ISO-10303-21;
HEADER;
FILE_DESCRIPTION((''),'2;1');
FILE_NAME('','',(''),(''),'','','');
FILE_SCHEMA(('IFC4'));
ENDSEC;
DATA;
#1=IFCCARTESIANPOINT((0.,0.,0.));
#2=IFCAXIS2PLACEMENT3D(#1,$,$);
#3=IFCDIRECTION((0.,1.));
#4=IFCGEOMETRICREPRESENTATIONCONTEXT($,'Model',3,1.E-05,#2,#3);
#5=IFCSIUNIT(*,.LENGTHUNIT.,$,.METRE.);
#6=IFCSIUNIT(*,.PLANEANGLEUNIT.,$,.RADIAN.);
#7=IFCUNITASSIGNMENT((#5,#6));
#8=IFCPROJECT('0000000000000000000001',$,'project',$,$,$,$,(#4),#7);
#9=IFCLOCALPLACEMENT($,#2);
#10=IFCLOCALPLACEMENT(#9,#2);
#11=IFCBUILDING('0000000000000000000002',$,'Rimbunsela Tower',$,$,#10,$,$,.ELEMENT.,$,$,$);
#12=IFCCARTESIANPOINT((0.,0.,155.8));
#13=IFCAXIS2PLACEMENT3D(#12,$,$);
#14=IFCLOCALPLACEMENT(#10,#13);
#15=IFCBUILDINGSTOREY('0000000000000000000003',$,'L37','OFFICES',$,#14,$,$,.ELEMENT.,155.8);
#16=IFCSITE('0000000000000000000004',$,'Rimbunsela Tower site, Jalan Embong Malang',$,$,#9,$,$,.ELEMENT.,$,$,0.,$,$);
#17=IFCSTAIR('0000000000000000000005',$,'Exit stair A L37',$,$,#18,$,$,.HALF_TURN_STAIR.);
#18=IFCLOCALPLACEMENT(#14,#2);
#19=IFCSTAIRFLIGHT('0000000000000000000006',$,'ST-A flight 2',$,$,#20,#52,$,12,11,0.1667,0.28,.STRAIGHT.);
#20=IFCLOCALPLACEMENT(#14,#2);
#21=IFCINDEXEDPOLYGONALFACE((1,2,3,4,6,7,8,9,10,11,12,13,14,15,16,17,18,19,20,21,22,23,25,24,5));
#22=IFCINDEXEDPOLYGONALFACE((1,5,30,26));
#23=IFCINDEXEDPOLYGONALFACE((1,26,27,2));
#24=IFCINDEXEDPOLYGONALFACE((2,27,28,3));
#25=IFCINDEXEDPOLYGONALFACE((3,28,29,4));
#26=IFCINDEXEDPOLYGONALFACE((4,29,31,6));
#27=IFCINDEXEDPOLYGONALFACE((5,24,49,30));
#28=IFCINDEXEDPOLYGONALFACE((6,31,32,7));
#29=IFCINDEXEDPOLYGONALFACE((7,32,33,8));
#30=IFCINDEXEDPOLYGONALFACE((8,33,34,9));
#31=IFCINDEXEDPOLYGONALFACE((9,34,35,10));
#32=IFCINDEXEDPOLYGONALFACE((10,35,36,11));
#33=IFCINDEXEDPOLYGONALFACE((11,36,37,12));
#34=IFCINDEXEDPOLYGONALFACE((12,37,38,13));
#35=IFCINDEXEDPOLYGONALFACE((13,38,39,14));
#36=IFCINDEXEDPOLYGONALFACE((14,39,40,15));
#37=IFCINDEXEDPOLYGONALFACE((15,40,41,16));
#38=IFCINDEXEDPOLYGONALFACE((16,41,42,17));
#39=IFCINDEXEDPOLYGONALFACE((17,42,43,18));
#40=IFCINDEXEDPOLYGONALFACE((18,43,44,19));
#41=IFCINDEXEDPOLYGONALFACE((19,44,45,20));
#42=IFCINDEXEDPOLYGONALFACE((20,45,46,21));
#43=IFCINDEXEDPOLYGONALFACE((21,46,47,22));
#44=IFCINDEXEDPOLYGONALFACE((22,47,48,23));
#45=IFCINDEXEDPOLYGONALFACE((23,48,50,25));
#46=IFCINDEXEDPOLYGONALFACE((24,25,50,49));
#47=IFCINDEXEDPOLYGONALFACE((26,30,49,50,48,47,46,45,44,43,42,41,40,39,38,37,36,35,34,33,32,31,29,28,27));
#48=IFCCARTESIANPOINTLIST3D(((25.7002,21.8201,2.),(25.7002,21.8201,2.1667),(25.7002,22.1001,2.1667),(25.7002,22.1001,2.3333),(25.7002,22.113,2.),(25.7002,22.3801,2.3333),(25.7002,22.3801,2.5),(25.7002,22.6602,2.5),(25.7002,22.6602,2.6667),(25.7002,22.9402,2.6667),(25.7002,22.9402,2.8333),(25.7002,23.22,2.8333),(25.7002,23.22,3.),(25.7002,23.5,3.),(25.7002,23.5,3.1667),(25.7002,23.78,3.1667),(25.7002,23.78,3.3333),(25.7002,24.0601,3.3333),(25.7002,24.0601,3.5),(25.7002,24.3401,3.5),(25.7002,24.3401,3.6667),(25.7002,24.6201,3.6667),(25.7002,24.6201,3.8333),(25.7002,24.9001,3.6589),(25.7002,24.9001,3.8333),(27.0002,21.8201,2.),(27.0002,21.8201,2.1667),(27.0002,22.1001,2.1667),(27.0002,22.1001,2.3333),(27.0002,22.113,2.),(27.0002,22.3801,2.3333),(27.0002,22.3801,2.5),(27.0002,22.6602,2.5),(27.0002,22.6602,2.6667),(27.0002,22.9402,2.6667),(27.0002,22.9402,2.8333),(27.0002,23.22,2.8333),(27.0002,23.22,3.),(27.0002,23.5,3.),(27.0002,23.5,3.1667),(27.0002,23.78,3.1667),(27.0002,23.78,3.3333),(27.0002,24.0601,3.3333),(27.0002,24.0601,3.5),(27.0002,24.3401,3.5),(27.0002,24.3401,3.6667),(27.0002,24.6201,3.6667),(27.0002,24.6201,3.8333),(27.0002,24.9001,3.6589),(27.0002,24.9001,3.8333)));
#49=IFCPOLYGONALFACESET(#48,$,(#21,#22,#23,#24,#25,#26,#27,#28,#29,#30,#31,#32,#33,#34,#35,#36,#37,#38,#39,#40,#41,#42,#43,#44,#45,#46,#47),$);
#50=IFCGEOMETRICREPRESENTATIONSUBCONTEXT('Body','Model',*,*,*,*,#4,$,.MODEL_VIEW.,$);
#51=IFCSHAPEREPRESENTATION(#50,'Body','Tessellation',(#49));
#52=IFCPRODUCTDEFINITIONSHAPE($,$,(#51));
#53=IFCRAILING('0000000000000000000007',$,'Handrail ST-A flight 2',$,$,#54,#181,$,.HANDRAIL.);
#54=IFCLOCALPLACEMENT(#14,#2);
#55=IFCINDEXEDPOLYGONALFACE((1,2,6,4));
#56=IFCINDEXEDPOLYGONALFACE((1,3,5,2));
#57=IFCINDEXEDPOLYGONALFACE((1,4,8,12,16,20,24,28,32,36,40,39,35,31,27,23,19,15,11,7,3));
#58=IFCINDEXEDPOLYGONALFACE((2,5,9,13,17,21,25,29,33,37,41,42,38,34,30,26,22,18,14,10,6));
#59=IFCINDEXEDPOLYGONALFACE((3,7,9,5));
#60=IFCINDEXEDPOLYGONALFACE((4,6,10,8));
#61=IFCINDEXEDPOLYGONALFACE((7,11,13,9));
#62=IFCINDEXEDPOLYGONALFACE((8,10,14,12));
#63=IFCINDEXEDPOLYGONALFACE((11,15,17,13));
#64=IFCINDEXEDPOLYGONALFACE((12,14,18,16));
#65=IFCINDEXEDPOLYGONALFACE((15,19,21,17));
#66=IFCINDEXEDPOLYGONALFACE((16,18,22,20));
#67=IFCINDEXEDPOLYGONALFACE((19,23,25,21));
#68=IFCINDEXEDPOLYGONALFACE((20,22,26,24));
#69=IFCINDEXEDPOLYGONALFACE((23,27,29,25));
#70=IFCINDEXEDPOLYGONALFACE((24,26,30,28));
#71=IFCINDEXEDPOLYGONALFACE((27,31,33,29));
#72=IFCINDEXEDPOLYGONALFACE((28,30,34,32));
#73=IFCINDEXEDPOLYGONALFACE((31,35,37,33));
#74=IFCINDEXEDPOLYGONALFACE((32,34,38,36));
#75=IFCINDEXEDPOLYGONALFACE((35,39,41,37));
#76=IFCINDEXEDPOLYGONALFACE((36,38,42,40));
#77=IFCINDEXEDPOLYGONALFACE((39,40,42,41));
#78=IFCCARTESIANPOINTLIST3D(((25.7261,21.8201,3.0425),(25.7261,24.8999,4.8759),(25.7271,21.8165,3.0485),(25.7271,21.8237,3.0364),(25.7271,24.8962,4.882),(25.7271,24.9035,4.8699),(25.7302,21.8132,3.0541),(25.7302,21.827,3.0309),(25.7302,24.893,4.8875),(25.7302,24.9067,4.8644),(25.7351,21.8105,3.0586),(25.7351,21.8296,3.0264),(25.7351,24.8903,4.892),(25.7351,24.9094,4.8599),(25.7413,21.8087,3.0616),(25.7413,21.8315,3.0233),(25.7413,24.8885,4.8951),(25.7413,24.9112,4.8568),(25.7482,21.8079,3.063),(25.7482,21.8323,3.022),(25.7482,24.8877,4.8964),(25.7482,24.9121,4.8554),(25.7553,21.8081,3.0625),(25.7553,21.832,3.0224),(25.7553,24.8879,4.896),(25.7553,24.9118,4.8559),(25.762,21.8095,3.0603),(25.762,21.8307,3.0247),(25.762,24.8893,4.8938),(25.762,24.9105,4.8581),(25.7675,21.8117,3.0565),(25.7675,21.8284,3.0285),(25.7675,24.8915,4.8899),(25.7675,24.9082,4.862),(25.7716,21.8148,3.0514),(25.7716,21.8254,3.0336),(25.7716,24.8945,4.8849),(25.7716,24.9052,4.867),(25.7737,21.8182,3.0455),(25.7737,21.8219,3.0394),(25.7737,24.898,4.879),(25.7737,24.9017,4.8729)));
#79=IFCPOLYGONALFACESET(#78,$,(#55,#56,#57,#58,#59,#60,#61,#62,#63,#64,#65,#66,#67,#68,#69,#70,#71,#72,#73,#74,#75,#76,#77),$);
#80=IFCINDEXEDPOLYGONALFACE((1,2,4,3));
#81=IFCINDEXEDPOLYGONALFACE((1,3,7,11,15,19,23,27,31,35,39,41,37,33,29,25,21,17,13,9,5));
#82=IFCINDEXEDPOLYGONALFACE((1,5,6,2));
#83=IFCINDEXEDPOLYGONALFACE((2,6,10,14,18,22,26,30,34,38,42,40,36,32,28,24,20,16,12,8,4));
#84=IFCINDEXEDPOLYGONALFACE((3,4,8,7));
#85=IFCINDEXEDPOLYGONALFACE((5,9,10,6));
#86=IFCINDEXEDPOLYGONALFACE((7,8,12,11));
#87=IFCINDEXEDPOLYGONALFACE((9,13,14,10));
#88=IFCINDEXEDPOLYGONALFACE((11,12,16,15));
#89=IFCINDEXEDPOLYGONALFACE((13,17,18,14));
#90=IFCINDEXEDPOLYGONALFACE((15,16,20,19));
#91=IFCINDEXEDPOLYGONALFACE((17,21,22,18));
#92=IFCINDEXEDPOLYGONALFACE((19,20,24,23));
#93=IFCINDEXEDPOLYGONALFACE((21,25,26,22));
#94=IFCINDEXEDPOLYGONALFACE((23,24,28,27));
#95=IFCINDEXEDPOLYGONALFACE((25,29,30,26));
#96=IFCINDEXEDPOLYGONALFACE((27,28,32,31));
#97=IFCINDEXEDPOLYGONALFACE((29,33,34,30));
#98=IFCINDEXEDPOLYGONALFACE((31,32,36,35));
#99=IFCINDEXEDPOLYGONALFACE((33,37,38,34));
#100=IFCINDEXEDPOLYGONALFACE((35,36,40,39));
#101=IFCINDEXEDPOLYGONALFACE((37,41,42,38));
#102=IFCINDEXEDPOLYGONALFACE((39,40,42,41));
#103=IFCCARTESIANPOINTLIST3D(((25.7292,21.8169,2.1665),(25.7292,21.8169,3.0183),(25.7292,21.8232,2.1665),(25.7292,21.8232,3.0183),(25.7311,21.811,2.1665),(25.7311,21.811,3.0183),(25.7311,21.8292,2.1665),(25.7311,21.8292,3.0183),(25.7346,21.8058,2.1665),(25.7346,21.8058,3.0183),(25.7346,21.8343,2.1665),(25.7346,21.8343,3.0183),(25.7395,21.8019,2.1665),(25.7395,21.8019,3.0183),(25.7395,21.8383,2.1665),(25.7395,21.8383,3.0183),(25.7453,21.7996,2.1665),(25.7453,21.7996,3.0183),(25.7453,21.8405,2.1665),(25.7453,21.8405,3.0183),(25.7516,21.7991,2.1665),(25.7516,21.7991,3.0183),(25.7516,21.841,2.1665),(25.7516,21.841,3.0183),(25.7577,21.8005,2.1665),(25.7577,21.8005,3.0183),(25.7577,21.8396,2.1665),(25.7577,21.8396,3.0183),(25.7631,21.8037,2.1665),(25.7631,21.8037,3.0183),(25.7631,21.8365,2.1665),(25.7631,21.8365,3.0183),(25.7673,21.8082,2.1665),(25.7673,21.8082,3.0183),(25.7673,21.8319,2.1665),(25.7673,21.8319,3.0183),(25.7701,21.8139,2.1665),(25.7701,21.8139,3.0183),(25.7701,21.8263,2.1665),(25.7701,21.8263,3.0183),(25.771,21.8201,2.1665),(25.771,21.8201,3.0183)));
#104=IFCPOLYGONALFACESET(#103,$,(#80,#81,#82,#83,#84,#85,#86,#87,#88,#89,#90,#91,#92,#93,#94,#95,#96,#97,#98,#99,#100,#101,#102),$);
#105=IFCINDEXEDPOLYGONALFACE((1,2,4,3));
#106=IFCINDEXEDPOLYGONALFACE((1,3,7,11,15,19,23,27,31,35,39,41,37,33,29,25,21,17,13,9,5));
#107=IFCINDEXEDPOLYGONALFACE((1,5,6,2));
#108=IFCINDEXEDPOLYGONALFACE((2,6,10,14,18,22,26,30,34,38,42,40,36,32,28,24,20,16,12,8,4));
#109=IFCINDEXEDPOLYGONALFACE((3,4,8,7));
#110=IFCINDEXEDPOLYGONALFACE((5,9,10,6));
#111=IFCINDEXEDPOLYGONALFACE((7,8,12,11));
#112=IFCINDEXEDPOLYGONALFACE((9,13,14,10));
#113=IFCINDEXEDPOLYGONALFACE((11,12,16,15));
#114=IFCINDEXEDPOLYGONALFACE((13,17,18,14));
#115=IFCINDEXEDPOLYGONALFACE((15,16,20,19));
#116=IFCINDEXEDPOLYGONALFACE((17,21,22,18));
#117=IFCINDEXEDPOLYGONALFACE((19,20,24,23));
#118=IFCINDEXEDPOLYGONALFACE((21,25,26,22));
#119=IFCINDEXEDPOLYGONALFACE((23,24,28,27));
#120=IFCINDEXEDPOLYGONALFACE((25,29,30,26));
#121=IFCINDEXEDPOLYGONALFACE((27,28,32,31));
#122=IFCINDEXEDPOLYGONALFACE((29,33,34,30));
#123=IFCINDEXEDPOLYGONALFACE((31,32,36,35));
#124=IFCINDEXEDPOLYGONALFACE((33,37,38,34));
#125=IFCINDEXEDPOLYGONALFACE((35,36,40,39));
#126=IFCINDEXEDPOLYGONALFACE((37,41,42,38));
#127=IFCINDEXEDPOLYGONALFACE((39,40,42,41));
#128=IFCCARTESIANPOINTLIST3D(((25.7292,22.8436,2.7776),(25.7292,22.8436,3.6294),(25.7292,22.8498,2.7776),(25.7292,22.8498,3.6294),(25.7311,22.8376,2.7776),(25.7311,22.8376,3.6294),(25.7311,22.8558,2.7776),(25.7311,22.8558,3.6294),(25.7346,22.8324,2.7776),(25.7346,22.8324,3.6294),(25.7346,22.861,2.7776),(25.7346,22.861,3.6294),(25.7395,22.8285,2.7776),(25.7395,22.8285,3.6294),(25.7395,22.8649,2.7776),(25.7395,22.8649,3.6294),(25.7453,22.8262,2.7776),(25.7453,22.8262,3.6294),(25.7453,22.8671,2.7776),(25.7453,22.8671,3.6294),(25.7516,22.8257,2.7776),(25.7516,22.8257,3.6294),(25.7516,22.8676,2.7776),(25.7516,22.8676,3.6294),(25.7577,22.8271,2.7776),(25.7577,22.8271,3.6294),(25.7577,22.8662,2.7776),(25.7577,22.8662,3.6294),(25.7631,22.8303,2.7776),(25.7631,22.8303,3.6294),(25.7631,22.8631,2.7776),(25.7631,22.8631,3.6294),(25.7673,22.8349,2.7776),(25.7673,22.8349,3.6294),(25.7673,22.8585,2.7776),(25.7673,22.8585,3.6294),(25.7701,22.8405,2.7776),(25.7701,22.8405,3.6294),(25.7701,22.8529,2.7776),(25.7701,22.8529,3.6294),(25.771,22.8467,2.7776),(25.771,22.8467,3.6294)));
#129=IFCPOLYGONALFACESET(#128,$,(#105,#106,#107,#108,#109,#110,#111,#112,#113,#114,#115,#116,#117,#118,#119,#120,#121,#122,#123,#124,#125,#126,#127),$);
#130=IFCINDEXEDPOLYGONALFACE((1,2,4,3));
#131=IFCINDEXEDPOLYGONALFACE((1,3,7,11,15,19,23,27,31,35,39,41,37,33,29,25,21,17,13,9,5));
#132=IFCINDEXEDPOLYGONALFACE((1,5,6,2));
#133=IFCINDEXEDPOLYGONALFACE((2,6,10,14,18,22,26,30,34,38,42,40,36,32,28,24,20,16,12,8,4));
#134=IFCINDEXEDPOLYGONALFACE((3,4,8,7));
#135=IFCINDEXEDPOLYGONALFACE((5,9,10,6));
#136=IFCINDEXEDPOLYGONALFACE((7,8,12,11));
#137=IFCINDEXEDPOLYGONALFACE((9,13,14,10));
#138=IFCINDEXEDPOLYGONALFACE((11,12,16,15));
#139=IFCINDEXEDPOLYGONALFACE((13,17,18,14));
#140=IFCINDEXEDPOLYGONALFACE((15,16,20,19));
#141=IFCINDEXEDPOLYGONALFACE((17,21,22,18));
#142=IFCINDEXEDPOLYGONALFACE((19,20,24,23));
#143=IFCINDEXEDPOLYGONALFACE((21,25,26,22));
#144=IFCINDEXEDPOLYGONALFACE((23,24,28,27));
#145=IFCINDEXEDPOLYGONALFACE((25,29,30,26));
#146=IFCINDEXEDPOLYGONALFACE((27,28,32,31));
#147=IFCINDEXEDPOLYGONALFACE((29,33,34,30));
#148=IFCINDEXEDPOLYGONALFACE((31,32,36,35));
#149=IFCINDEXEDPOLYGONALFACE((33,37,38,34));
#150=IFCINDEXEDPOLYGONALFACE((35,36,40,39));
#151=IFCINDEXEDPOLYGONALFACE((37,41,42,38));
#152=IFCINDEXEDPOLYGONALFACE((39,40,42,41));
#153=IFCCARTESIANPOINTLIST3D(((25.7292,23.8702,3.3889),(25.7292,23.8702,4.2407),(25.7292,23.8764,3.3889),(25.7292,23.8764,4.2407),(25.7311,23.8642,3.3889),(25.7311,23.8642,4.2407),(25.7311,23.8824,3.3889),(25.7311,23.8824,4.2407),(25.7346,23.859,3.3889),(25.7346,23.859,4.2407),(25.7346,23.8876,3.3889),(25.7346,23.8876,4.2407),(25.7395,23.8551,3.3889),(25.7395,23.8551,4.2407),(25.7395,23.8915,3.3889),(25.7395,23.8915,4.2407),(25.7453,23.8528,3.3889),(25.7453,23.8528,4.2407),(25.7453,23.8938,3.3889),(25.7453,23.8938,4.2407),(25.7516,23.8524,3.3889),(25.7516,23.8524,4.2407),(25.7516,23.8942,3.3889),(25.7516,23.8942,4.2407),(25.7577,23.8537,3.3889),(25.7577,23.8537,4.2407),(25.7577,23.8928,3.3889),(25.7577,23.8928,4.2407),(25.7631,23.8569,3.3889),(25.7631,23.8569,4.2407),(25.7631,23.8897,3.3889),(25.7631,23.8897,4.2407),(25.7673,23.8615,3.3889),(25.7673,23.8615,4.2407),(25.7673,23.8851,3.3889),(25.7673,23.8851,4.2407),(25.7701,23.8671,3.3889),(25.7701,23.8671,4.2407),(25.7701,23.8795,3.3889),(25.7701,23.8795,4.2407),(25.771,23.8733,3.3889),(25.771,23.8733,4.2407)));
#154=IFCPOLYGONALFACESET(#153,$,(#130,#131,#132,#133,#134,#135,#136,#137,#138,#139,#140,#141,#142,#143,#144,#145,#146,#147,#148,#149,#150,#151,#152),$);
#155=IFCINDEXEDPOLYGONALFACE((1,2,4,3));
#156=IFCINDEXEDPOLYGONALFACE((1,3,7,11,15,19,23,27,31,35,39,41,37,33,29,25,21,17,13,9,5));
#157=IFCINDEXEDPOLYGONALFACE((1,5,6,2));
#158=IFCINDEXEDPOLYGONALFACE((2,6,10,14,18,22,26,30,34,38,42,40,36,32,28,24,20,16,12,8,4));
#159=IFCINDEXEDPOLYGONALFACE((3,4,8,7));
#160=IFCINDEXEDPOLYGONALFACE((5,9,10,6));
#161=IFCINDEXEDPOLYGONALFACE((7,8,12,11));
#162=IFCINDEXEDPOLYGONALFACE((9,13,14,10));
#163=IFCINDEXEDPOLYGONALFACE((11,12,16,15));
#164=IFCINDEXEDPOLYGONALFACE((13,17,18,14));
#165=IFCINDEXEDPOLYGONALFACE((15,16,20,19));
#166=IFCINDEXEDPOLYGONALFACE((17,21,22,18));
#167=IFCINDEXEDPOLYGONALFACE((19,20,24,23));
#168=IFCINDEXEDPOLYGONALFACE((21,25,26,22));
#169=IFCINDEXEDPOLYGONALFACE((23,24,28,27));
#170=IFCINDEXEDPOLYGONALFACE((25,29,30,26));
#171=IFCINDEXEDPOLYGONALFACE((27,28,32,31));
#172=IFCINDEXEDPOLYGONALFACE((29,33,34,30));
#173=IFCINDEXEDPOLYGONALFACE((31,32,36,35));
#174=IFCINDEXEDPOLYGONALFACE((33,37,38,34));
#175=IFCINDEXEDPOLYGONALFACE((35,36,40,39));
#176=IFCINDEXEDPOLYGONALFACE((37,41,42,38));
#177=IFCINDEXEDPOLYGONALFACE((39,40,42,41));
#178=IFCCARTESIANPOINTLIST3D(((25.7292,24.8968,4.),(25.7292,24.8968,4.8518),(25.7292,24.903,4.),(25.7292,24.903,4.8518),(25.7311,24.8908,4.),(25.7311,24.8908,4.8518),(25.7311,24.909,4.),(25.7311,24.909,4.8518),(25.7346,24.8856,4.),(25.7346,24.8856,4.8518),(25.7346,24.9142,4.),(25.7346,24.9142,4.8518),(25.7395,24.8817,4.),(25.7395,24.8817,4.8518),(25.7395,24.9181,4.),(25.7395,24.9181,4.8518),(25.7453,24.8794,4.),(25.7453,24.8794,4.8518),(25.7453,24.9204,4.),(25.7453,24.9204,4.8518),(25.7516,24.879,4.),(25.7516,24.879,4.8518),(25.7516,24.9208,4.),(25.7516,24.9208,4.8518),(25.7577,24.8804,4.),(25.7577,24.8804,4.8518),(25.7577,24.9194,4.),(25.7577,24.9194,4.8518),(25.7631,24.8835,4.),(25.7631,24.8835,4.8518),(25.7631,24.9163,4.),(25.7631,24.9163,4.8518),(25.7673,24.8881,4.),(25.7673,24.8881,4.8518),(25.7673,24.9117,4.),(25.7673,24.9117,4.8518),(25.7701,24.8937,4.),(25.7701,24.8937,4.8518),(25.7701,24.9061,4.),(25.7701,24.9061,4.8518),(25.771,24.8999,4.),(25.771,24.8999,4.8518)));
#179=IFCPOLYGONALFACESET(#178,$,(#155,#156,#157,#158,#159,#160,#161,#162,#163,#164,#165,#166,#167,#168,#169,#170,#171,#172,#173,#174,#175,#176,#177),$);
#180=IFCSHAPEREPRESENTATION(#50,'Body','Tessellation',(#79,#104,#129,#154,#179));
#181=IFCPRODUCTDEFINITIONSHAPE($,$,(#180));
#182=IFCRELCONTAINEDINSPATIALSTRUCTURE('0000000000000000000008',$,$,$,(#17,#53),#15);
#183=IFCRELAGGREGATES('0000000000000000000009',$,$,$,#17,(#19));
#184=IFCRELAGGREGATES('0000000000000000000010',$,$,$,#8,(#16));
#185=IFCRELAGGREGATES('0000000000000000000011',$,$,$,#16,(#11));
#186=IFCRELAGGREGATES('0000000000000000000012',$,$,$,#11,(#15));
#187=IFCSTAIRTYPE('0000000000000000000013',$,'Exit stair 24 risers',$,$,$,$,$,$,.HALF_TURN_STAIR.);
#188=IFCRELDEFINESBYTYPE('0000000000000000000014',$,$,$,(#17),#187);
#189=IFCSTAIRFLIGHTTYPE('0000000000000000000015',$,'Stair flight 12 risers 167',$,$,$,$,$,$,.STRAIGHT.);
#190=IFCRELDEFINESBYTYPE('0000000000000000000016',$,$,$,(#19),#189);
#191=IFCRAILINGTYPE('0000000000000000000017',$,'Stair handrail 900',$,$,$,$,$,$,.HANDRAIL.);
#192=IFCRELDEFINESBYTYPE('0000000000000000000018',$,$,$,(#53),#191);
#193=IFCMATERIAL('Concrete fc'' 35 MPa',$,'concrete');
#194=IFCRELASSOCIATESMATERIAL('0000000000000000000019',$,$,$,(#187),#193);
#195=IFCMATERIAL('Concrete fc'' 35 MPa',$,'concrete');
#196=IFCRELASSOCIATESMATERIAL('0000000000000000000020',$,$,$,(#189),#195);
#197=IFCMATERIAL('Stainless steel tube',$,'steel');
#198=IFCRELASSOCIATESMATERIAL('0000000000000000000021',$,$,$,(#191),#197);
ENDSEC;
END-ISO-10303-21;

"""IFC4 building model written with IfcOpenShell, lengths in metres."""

from ifc_helpers import new_model, si_unit, direction, frame, origin, origin_2d, place, context, subcontext, project, spatial, polyline, circle, outline, extrude, material, type_object, element, aggregate, save


model = new_model("IFC4")

# Units and contexts
model_context = context("Model", 3, precision=1e-05, world=origin(), true_north=direction((0.0, 1.0)))
body_context = subcontext(model_context, "Body", "Model", "MODEL_VIEW")
ifc_project = project(units=[si_unit("LENGTHUNIT", "METRE"), si_unit("PLANEANGLEUNIT", "RADIAN")], contexts=[model_context])

# Site, building, storey
site_placement = place(None, origin())
site = spatial("IfcSite", under=ifc_project, at=site_placement, Name="Rimbunsela Tower site, Jalan Embong Malang", CompositionType="ELEMENT", RefElevation=0.0)
building_placement = place(site_placement, origin())
building = spatial("IfcBuilding", under=site, at=building_placement, Name="Rimbunsela Tower", CompositionType="ELEMENT")
storey_placement = place(building_placement, frame((0.0, 0.0, 155.8)))
storey = spatial("IfcBuildingStorey", under=building, at=storey_placement, Name="L37", Description="OFFICES", CompositionType="ELEMENT", Elevation=155.8)

# Stair, stair flight
ifc_material_1 = material(Name="Concrete fc' 35 MPa", Category="concrete")
stair_type = type_object("IfcStairType", Name="Exit stair 24 risers", PredefinedType="HALF_TURN_STAIR", material=ifc_material_1)
stair_placement = place(storey_placement, origin())
stair = element("IfcStair", 1, at=stair_placement, inside=storey, type_object=stair_type, Name="Exit stair A L37", PredefinedType="HALF_TURN_STAIR")
ifc_material_2 = material(Name="Concrete fc' 35 MPa", Category="concrete")
stair_flight_type = type_object("IfcStairFlightType", Name="Stair flight 12 risers 167", PredefinedType="STRAIGHT", material=ifc_material_2)
stair_flight_placement = place(storey_placement, frame((26.3501, 21.8201, 2.0), z_axis=(0.0, 0.0, 1.0), x_axis=(0.0, 1.0, 0.0)))
stair_flight = element("IfcStairFlight", 2, at=stair_flight_placement, type_object=stair_flight_type, Name="ST-A flight 2", NumberOfRisers=12, NumberOfTreads=11, PredefinedType="STRAIGHT", RiserHeight=0.1667, TreadLength=0.28, context=body_context, shape_type="SweptSolid", body=[
    extrude(outline(polyline([(0.0, 0.0), (0.0, 0.1667), (0.28, 0.1667), (0.28, 0.3333), (0.5601, 0.3333), (0.5601, 0.5), (0.8401, 0.5), (0.8401, 0.6667), (1.1201, 0.6667), (1.1201, 0.8333), (1.3999, 0.8333), (1.3999, 1.0), (1.6799, 1.0), (1.6799, 1.1667), (1.96, 1.1667), (1.96, 1.3333), (2.24, 1.3333), (2.24, 1.5), (2.52, 1.5), (2.52, 1.6667), (2.8, 1.6667), (2.8, 1.8333), (3.0801, 1.8333), (3.0801, 2.0), (3.0801, 1.6589), (0.293, 0.0), (0.0, 0.0)])), frame((0.0, 0.6499, 0.0), z_axis=(0.0, -1.0, 0.0), x_axis=(1.0, 0.0, 0.0)), (0.0, 0.0, 1.0), 1.3),
])
aggregate(stair, [stair_flight])

# Railing
ifc_material_3 = material(Name="Stainless steel tube", Category="steel")
railing_type = type_object("IfcRailingType", Name="Stair handrail 900", PredefinedType="HANDRAIL", material=ifc_material_3)
railing_placement = place(storey_placement, frame((25.75, 21.8201, 2.1665)))
element("IfcRailing", 3, at=railing_placement, inside=storey, type_object=railing_type, Name="Handrail ST-A flight 2", PredefinedType="HANDRAIL", context=body_context, shape_type="SweptSolid", body=[
    extrude(circle(Radius=0.0239, at=origin_2d()), frame((0.0, 0.0, 0.876), z_axis=(0.0, 0.859261, 0.511538), x_axis=(-1.0, 0.0, 0.0)), (0.0, 0.0, 1.0), 3.5842),
    extrude(circle(Radius=0.021, at=origin_2d()), origin(), (0.0, 0.0, 1.0), 0.8518),
    extrude(circle(Radius=0.021, at=origin_2d()), frame((0.0, 1.0266, 0.6111)), (0.0, 0.0, 1.0), 0.8518),
    extrude(circle(Radius=0.021, at=origin_2d()), frame((0.0, 2.0532, 1.2224)), (0.0, 0.0, 1.0), 0.8518),
    extrude(circle(Radius=0.021, at=origin_2d()), frame((0.0, 3.0798, 1.8335)), (0.0, 0.0, 1.0), 0.8518),
])

save(model, "model.ifc")
